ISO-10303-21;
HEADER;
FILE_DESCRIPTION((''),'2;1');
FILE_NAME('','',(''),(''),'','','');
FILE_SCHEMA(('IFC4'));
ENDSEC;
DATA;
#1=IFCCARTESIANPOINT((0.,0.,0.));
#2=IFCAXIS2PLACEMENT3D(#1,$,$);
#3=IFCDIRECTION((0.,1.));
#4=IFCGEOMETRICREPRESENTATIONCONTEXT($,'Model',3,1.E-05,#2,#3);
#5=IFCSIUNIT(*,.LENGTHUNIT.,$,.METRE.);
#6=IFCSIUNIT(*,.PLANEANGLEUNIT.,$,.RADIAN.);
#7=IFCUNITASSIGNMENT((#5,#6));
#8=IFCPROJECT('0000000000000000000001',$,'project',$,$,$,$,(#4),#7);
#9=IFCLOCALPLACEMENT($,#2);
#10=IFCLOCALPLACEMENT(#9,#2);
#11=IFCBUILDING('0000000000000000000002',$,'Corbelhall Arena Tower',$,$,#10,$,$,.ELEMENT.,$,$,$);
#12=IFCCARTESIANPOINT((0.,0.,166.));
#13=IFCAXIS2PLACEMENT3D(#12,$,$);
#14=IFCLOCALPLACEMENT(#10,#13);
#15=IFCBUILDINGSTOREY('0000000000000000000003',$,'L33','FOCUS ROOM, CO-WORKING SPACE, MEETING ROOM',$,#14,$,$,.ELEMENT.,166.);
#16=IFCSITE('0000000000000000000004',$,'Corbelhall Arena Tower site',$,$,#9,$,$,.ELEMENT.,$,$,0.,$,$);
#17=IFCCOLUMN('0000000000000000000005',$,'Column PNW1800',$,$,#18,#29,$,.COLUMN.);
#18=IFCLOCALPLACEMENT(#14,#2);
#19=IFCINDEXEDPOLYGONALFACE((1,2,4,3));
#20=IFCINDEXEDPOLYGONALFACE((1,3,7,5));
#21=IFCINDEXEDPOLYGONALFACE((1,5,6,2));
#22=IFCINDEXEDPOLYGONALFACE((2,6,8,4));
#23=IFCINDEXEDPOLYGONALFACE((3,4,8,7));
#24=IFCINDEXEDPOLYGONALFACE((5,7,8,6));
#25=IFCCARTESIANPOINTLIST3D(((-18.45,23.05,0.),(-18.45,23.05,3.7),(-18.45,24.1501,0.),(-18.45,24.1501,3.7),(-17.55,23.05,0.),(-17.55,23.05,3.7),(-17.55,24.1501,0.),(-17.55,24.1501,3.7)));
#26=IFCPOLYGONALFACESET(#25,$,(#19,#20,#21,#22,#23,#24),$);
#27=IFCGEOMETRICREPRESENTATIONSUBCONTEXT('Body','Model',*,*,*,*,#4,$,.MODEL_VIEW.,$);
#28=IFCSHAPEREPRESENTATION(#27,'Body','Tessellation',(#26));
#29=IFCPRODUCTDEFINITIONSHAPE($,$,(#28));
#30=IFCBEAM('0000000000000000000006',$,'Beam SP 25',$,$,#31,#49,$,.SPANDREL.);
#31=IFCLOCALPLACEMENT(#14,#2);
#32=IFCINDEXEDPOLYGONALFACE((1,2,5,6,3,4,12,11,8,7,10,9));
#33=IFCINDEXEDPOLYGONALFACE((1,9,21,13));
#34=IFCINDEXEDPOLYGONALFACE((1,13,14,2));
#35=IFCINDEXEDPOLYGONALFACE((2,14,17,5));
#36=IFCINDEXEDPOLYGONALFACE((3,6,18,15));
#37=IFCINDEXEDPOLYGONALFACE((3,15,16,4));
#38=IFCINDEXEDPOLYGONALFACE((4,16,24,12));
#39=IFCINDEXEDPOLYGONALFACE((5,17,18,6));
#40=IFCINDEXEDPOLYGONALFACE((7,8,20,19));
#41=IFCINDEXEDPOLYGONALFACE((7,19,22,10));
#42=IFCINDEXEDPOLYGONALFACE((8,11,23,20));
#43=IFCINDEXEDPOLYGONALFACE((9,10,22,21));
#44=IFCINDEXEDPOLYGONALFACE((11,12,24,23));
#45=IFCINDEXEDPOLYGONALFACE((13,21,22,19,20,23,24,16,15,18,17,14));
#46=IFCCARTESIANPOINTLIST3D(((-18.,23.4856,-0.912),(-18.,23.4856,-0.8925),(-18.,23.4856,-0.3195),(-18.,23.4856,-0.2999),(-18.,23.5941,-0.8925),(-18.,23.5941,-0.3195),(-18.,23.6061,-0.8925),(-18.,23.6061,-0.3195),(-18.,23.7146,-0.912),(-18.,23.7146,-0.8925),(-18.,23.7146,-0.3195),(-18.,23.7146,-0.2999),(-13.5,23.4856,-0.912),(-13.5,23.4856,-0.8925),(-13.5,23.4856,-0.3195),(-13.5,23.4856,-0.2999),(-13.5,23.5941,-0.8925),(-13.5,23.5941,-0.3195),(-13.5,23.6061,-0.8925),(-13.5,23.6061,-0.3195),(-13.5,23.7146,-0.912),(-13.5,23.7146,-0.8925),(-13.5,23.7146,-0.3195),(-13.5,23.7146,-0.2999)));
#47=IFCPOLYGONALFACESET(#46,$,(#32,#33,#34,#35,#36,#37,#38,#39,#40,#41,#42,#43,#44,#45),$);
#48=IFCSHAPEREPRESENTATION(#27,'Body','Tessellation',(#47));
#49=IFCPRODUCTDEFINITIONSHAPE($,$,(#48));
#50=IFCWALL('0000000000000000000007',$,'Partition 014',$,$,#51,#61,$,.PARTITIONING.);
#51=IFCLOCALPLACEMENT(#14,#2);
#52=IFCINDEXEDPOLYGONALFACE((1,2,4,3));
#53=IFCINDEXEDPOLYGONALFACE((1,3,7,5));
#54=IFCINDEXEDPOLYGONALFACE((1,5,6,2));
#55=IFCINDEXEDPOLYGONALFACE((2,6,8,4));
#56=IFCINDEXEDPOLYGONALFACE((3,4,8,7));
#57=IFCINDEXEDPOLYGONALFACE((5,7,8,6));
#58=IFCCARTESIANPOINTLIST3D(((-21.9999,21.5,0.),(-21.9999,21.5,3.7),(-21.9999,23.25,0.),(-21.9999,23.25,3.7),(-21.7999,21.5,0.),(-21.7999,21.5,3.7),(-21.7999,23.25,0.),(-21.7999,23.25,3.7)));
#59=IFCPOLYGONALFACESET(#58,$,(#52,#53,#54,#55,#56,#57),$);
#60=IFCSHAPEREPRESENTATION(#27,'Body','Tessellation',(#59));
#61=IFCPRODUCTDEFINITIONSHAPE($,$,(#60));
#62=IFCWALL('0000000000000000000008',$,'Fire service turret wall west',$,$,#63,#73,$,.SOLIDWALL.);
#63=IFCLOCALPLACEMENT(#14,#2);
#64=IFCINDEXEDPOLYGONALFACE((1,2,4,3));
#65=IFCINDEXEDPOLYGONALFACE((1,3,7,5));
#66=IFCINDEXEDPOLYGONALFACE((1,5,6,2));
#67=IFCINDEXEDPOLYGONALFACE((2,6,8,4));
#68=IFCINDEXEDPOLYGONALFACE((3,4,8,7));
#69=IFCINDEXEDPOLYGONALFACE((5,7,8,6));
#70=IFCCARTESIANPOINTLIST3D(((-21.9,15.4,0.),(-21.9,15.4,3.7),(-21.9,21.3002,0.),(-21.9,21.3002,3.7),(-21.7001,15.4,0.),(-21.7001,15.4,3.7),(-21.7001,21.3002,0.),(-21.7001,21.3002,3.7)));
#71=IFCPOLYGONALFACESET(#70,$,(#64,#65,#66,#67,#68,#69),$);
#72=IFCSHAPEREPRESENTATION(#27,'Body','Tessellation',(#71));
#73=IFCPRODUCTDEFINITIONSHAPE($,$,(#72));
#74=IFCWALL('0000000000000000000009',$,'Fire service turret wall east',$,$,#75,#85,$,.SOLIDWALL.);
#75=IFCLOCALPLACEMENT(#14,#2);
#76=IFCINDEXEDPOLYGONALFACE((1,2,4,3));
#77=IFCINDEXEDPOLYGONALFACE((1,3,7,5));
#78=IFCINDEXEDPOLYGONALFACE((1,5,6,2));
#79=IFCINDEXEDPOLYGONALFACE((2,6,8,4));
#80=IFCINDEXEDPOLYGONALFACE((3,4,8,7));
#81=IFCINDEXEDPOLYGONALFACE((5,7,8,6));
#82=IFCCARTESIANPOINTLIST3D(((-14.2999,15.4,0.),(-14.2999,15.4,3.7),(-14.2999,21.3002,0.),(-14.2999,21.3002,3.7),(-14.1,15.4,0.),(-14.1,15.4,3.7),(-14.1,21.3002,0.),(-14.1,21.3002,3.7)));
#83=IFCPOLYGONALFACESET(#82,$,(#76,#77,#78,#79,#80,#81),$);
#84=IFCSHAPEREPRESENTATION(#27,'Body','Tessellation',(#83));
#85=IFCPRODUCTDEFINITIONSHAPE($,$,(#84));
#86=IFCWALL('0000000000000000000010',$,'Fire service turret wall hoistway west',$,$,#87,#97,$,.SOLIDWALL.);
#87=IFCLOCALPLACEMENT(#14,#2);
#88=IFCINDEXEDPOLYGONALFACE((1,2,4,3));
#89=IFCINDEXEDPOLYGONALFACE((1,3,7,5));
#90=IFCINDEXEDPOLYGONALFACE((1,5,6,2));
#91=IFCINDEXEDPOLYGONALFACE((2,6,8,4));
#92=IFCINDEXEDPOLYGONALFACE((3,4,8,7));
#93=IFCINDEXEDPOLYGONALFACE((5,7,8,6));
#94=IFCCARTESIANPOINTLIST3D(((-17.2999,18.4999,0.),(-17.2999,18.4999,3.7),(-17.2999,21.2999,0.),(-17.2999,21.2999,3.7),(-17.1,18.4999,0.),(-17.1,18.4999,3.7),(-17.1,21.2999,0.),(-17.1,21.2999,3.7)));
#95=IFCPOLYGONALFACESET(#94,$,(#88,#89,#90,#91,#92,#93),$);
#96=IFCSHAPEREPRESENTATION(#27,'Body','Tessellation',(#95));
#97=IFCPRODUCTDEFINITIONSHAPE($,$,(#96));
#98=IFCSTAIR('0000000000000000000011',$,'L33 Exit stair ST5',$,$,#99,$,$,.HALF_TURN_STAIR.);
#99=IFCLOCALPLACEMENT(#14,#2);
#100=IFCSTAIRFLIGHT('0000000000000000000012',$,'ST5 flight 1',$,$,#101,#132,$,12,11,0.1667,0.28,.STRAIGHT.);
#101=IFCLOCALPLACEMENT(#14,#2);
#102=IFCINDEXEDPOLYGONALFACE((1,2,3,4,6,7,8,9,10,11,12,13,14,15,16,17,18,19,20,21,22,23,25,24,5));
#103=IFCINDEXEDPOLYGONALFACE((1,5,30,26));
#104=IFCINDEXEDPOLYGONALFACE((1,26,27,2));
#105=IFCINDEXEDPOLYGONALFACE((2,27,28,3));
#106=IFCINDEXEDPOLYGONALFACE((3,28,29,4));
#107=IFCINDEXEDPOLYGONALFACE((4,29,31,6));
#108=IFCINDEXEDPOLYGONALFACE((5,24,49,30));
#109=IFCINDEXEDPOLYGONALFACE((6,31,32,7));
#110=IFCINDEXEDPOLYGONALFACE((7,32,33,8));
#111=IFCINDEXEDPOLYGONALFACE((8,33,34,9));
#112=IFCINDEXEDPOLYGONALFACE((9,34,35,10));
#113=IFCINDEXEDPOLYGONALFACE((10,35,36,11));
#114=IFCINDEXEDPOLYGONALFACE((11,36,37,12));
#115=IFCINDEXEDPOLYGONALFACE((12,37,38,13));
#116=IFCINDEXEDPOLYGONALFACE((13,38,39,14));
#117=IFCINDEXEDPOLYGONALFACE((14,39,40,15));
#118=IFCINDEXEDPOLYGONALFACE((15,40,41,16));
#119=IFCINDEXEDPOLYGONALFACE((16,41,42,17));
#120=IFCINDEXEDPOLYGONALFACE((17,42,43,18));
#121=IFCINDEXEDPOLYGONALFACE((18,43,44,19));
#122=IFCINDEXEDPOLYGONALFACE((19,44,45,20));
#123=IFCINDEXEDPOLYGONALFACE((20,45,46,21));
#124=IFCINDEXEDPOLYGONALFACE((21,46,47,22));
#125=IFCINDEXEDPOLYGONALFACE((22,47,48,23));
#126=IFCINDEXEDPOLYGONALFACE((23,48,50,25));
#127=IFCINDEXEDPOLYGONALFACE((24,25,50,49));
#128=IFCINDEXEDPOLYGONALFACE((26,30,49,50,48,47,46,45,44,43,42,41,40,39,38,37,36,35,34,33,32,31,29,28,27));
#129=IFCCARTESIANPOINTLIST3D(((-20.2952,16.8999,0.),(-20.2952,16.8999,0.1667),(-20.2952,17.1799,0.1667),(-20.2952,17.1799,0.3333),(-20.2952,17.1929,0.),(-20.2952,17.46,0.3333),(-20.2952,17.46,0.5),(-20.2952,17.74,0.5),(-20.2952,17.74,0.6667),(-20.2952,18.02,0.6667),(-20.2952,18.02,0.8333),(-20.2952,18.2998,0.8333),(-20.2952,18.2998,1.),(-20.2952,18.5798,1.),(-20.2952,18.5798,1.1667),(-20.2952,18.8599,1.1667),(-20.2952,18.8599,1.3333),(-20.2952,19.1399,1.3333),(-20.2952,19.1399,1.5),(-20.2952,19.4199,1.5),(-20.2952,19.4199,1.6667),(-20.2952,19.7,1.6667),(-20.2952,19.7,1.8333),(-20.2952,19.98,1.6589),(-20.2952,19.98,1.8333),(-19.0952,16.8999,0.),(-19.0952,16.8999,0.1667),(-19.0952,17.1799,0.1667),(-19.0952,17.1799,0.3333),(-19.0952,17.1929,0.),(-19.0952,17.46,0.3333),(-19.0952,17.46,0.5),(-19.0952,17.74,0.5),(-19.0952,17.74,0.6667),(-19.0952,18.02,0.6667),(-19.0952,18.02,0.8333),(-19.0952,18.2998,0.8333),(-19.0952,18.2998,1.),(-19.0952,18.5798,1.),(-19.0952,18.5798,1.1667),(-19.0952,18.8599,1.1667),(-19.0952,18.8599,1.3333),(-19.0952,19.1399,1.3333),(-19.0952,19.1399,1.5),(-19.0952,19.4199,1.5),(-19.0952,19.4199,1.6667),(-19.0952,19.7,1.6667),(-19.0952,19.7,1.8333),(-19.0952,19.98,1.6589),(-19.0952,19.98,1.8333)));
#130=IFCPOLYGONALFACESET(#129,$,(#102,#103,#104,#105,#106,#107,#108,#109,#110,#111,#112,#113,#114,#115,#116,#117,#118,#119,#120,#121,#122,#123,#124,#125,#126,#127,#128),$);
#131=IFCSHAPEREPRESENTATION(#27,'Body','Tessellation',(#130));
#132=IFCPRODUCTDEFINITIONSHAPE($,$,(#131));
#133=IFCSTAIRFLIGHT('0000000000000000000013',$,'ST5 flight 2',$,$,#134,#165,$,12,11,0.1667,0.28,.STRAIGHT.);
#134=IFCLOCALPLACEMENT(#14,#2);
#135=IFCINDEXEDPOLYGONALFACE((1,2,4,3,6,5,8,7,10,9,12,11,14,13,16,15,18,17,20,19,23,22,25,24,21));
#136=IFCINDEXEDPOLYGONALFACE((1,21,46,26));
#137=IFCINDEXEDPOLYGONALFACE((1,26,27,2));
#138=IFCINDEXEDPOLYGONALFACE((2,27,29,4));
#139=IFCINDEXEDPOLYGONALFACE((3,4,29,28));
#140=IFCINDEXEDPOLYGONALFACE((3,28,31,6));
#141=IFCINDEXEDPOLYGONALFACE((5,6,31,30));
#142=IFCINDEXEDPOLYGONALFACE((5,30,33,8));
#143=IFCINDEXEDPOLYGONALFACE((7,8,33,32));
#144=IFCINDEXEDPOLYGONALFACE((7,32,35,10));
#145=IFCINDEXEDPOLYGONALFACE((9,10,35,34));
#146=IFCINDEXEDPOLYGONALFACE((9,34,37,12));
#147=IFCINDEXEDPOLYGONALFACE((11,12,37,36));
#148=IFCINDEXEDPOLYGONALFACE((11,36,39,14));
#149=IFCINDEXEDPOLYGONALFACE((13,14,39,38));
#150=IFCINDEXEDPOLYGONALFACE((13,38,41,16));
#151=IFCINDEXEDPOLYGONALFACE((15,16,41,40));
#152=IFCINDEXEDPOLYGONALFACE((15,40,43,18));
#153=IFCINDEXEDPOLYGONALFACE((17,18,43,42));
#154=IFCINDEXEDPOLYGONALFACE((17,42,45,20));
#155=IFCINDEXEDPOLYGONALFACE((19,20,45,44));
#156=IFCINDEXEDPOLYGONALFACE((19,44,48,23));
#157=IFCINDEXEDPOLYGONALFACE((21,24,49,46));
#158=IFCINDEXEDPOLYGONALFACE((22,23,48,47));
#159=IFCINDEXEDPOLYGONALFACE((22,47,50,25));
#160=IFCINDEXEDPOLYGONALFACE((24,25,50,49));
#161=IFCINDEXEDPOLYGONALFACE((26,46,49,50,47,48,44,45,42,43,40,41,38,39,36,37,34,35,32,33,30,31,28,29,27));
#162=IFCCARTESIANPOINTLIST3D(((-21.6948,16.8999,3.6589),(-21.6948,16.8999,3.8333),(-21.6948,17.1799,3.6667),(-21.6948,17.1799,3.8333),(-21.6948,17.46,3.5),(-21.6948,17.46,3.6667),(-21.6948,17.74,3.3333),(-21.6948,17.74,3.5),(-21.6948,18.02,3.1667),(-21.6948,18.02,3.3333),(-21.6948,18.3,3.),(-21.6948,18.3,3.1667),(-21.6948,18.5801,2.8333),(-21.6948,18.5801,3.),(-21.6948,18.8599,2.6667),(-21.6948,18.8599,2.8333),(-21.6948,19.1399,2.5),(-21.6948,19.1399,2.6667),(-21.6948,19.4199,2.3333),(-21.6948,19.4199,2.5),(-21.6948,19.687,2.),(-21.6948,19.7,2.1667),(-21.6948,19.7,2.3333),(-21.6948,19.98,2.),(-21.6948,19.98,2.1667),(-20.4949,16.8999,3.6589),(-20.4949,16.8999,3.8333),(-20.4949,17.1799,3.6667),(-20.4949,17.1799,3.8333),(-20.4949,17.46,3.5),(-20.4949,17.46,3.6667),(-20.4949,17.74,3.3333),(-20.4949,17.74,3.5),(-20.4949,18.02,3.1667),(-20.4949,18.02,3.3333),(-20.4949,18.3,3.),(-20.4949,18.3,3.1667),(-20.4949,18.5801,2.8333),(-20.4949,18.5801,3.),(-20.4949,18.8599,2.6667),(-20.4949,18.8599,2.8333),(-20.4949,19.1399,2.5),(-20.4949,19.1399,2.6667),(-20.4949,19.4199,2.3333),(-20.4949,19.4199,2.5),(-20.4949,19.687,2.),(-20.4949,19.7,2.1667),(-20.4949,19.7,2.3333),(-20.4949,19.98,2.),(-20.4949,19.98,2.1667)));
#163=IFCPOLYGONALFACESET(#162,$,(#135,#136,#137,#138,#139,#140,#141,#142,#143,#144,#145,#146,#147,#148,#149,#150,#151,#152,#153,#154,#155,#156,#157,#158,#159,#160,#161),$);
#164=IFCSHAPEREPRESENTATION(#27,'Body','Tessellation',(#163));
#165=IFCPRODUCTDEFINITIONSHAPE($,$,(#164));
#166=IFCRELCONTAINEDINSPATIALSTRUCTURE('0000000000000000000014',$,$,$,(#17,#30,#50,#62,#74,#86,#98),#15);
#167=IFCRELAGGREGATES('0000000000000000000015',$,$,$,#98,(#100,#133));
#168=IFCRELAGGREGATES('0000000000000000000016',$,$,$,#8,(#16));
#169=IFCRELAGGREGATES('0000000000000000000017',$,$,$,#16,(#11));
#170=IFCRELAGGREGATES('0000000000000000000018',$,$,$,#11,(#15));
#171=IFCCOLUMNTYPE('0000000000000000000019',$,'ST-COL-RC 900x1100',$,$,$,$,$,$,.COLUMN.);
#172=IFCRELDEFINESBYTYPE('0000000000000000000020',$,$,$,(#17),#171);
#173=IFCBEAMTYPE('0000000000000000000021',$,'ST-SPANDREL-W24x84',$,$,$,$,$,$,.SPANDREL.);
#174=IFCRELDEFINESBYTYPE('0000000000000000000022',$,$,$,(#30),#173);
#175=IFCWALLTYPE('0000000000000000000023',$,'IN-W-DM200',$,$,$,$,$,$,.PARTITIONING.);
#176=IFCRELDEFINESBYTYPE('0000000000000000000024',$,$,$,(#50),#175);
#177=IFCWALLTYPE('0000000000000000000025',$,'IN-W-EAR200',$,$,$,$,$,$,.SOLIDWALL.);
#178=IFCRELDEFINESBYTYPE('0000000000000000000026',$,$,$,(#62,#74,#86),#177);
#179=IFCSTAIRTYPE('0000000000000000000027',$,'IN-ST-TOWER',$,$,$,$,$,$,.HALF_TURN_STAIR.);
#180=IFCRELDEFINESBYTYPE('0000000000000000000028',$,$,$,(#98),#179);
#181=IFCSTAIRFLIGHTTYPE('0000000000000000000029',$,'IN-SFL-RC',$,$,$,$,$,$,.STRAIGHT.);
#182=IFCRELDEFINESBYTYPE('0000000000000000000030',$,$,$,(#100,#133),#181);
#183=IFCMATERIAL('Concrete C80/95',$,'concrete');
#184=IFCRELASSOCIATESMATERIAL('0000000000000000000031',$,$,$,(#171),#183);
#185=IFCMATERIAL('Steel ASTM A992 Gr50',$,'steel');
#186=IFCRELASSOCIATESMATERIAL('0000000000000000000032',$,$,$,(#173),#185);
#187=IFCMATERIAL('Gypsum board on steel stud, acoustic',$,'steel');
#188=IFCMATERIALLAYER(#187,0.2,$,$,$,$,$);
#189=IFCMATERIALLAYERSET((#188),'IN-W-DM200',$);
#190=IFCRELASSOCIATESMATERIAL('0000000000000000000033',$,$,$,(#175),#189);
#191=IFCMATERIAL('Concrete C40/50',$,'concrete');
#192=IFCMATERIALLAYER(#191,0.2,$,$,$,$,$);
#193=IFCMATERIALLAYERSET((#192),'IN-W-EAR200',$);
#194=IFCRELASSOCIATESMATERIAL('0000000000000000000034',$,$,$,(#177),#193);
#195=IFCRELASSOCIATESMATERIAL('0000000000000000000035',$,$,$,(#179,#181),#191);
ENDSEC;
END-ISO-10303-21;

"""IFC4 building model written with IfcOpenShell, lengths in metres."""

from ifc_helpers import new_model, si_unit, direction, frame, frame_2d, origin, origin_2d, place, context, subcontext, project, spatial, polyline, rectangle, i_section, outline, extrude, material, layer, layer_set, material_profile, profile_set, type_object, element, aggregate, save


model = new_model("IFC4")

# Units and contexts
model_context = context("Model", 3, precision=1e-05, world=origin(), true_north=direction((0.0, 1.0)))
body_context = subcontext(model_context, "Body", "Model", "MODEL_VIEW")
ifc_project = project(units=[si_unit("LENGTHUNIT", "METRE"), si_unit("PLANEANGLEUNIT", "RADIAN")], contexts=[model_context])

# Site, building, storey
site_placement = place(None, origin())
site = spatial("IfcSite", under=ifc_project, at=site_placement, Name="Corbelhall Arena Tower site", CompositionType="ELEMENT", RefElevation=0.0)
building_placement = place(site_placement, origin())
building = spatial("IfcBuilding", under=site, at=building_placement, Name="Corbelhall Arena Tower", CompositionType="ELEMENT")
storey_placement = place(building_placement, frame((0.0, 0.0, 166.0)))
storey = spatial("IfcBuildingStorey", under=building, at=storey_placement, Name="L33", Description="FOCUS ROOM, CO-WORKING SPACE, MEETING ROOM", CompositionType="ELEMENT", Elevation=166.0)

# Column
ifc_material_1 = material(Name="Concrete C80/95", Category="concrete")
ifc_material_profile_1 = material_profile(ifc_material_1, rectangle(XDim=0.8999, YDim=1.1001, at=origin_2d()))
ifc_profile_set_1 = profile_set([ifc_material_profile_1], Name="Concrete C80/95")
column_type = type_object("IfcColumnType", Name="ST-COL-RC 900x1100", PredefinedType="COLUMN", material=ifc_profile_set_1)
column_placement = place(storey_placement, frame((-18.0, 23.6001, 0.0), z_axis=(0.0, 0.0, 1.0), x_axis=(1.0, 0.0, 0.0)))
element("IfcColumn", 1, at=column_placement, inside=storey, type_object=column_type, Name="Column PNW1800", PredefinedType="COLUMN", context=body_context, shape_type="SweptSolid", body=[
    extrude(rectangle(XDim=0.8999, YDim=1.1001, at=origin_2d()), origin(), (0.0, 0.0, 1.0), 3.7),
])

# Beam
ifc_material_2 = material(Name="Steel ASTM A992 Gr50", Category="steel")
ifc_material_profile_2 = material_profile(ifc_material_2, i_section(OverallWidth=0.229, OverallDepth=0.6121, WebThickness=0.012, FlangeThickness=0.0195, at=origin_2d()))
ifc_profile_set_2 = profile_set([ifc_material_profile_2], Name="Steel ASTM A992 Gr50")
beam_type = type_object("IfcBeamType", Name="ST-SPANDREL-W24x84", PredefinedType="SPANDREL", material=ifc_profile_set_2)
beam_placement = place(storey_placement, frame((-18.0, 23.6001, -0.606), z_axis=(1.0, 0.0, 0.0), x_axis=(0.0, 1.0, 0.0)))
element("IfcBeam", 2, at=beam_placement, inside=storey, type_object=beam_type, Name="Beam SP 25", PredefinedType="SPANDREL", context=body_context, shape_type="SweptSolid", body=[
    extrude(i_section(OverallWidth=0.229, OverallDepth=0.6121, WebThickness=0.012, FlangeThickness=0.0195, at=origin_2d()), origin(), (0.0, 0.0, 1.0), 4.5),
])

# Wall
ifc_material_3 = material(Name="Gypsum board on steel stud, acoustic", Category="steel")
ifc_layer_1 = layer(ifc_material_3, 0.2)
ifc_layer_set_1 = layer_set([ifc_layer_1], Name="IN-W-DM200")
wall_type_1 = type_object("IfcWallType", Name="IN-W-DM200", PredefinedType="PARTITIONING", material=ifc_layer_set_1)
wall_1_placement = place(storey_placement, frame((-21.8999, 21.5, 0.0), z_axis=(0.0, 0.0, 1.0), x_axis=(0.0, 1.0, 0.0)))
element("IfcWall", 3, at=wall_1_placement, inside=storey, type_object=wall_type_1, Name="Partition 014", PredefinedType="PARTITIONING", context=body_context, shape_type="SweptSolid", body=[
    extrude(rectangle(XDim=1.75, YDim=0.2, at=frame_2d((0.875, 0.0))), origin(), (0.0, 0.0, 1.0), 3.7),
])

# Walls
ifc_material_4 = material(Name="Concrete C40/50", Category="concrete")
ifc_layer_2 = layer(ifc_material_4, 0.2)
ifc_layer_set_2 = layer_set([ifc_layer_2], Name="IN-W-EAR200")
wall_type_2 = type_object("IfcWallType", Name="IN-W-EAR200", PredefinedType="SOLIDWALL", material=ifc_layer_set_2)
for number, where, z_axis, x_axis, name in (
    (4, (-21.8, 15.3999, 0.0), (0.0, 0.0, 1.0), (0.0, 1.0, 0.0), "Fire service turret wall west"),
    (5, (-14.2, 15.3999, 0.0), (0.0, 0.0, 1.0), (0.0, 1.0, 0.0), "Fire service turret wall east"),
):
    element("IfcWall", number, at=place(storey_placement, frame(where, z_axis=z_axis, x_axis=x_axis)), inside=storey, type_object=wall_type_2, Name=name, PredefinedType="SOLIDWALL", context=body_context, shape_type="SweptSolid", body=[
        extrude(rectangle(XDim=5.9001, YDim=0.2, at=frame_2d((2.9502, 0.0))), origin(), (0.0, 0.0, 1.0), 3.7),
    ])

# Wall
wall_2_placement = place(storey_placement, frame((-17.2, 18.5, 0.0), z_axis=(0.0, 0.0, 1.0), x_axis=(0.0, 1.0, 0.0)))
element("IfcWall", 6, at=wall_2_placement, inside=storey, type_object=wall_type_2, Name="Fire service turret wall hoistway west", PredefinedType="SOLIDWALL", context=body_context, shape_type="SweptSolid", body=[
    extrude(rectangle(XDim=2.8, YDim=0.2, at=frame_2d((1.3999, 0.0))), origin(), (0.0, 0.0, 1.0), 3.7),
])

# Stair, stair flights
stair_type = type_object("IfcStairType", Name="IN-ST-TOWER", PredefinedType="HALF_TURN_STAIR", material=ifc_material_4)
stair_placement = place(storey_placement, origin())
stair = element("IfcStair", 7, at=stair_placement, inside=storey, type_object=stair_type, Name="L33 Exit stair ST5", PredefinedType="HALF_TURN_STAIR")
stair_flight_type = type_object("IfcStairFlightType", Name="IN-SFL-RC", PredefinedType="STRAIGHT", material=ifc_material_4)
stair_flight_1_placement = place(storey_placement, frame((-19.6951, 16.8999, 0.0), z_axis=(0.0, 0.0, 1.0), x_axis=(0.0, 1.0, 0.0)))
stair_flight_1 = element("IfcStairFlight", 8, at=stair_flight_1_placement, type_object=stair_flight_type, Name="ST5 flight 1", NumberOfRisers=12, NumberOfTreads=11, PredefinedType="STRAIGHT", RiserHeight=0.1667, TreadLength=0.28, context=body_context, shape_type="SweptSolid", body=[
    extrude(outline(polyline([(0.0, 0.0), (0.0, 0.1667), (0.28, 0.1667), (0.28, 0.3333), (0.5601, 0.3333), (0.5601, 0.5), (0.8401, 0.5), (0.8401, 0.6667), (1.1201, 0.6667), (1.1201, 0.8333), (1.3999, 0.8333), (1.3999, 1.0), (1.6799, 1.0), (1.6799, 1.1667), (1.96, 1.1667), (1.96, 1.3333), (2.24, 1.3333), (2.24, 1.5), (2.52, 1.5), (2.52, 1.6667), (2.8, 1.6667), (2.8, 1.8333), (3.0801, 1.8333), (3.0801, 2.0), (3.0801, 1.6589), (0.293, 0.0), (0.0, 0.0)])), frame((0.0, 0.6001, 0.0), z_axis=(0.0, -1.0, 0.0), x_axis=(1.0, 0.0, 0.0)), (0.0, 0.0, 1.0), 1.2),
])
stair_flight_2_placement = place(storey_placement, frame((-21.095, 19.98, 2.0), z_axis=(0.0, 0.0, 1.0), x_axis=(0.0, -1.0, 0.0)))
stair_flight_2 = element("IfcStairFlight", 9, at=stair_flight_2_placement, type_object=stair_flight_type, Name="ST5 flight 2", NumberOfRisers=12, NumberOfTreads=11, PredefinedType="STRAIGHT", RiserHeight=0.1667, TreadLength=0.28, context=body_context, shape_type="SweptSolid", body=[
    extrude(outline(polyline([(0.0, 0.0), (0.0, 0.1667), (0.28, 0.1667), (0.28, 0.3333), (0.5601, 0.3333), (0.5601, 0.5), (0.8401, 0.5), (0.8401, 0.6667), (1.1201, 0.6667), (1.1201, 0.8333), (1.3999, 0.8333), (1.3999, 1.0), (1.6799, 1.0), (1.6799, 1.1667), (1.96, 1.1667), (1.96, 1.3333), (2.24, 1.3333), (2.24, 1.5), (2.52, 1.5), (2.52, 1.6667), (2.8, 1.6667), (2.8, 1.8333), (3.0801, 1.8333), (3.0801, 2.0), (3.0801, 1.6589), (0.293, 0.0), (0.0, 0.0)])), frame((0.0, 0.6001, 0.0), z_axis=(0.0, -1.0, 0.0), x_axis=(1.0, 0.0, 0.0)), (0.0, 0.0, 1.0), 1.2),
])
aggregate(stair, [stair_flight_1, stair_flight_2])

save(model, "model.ifc")
